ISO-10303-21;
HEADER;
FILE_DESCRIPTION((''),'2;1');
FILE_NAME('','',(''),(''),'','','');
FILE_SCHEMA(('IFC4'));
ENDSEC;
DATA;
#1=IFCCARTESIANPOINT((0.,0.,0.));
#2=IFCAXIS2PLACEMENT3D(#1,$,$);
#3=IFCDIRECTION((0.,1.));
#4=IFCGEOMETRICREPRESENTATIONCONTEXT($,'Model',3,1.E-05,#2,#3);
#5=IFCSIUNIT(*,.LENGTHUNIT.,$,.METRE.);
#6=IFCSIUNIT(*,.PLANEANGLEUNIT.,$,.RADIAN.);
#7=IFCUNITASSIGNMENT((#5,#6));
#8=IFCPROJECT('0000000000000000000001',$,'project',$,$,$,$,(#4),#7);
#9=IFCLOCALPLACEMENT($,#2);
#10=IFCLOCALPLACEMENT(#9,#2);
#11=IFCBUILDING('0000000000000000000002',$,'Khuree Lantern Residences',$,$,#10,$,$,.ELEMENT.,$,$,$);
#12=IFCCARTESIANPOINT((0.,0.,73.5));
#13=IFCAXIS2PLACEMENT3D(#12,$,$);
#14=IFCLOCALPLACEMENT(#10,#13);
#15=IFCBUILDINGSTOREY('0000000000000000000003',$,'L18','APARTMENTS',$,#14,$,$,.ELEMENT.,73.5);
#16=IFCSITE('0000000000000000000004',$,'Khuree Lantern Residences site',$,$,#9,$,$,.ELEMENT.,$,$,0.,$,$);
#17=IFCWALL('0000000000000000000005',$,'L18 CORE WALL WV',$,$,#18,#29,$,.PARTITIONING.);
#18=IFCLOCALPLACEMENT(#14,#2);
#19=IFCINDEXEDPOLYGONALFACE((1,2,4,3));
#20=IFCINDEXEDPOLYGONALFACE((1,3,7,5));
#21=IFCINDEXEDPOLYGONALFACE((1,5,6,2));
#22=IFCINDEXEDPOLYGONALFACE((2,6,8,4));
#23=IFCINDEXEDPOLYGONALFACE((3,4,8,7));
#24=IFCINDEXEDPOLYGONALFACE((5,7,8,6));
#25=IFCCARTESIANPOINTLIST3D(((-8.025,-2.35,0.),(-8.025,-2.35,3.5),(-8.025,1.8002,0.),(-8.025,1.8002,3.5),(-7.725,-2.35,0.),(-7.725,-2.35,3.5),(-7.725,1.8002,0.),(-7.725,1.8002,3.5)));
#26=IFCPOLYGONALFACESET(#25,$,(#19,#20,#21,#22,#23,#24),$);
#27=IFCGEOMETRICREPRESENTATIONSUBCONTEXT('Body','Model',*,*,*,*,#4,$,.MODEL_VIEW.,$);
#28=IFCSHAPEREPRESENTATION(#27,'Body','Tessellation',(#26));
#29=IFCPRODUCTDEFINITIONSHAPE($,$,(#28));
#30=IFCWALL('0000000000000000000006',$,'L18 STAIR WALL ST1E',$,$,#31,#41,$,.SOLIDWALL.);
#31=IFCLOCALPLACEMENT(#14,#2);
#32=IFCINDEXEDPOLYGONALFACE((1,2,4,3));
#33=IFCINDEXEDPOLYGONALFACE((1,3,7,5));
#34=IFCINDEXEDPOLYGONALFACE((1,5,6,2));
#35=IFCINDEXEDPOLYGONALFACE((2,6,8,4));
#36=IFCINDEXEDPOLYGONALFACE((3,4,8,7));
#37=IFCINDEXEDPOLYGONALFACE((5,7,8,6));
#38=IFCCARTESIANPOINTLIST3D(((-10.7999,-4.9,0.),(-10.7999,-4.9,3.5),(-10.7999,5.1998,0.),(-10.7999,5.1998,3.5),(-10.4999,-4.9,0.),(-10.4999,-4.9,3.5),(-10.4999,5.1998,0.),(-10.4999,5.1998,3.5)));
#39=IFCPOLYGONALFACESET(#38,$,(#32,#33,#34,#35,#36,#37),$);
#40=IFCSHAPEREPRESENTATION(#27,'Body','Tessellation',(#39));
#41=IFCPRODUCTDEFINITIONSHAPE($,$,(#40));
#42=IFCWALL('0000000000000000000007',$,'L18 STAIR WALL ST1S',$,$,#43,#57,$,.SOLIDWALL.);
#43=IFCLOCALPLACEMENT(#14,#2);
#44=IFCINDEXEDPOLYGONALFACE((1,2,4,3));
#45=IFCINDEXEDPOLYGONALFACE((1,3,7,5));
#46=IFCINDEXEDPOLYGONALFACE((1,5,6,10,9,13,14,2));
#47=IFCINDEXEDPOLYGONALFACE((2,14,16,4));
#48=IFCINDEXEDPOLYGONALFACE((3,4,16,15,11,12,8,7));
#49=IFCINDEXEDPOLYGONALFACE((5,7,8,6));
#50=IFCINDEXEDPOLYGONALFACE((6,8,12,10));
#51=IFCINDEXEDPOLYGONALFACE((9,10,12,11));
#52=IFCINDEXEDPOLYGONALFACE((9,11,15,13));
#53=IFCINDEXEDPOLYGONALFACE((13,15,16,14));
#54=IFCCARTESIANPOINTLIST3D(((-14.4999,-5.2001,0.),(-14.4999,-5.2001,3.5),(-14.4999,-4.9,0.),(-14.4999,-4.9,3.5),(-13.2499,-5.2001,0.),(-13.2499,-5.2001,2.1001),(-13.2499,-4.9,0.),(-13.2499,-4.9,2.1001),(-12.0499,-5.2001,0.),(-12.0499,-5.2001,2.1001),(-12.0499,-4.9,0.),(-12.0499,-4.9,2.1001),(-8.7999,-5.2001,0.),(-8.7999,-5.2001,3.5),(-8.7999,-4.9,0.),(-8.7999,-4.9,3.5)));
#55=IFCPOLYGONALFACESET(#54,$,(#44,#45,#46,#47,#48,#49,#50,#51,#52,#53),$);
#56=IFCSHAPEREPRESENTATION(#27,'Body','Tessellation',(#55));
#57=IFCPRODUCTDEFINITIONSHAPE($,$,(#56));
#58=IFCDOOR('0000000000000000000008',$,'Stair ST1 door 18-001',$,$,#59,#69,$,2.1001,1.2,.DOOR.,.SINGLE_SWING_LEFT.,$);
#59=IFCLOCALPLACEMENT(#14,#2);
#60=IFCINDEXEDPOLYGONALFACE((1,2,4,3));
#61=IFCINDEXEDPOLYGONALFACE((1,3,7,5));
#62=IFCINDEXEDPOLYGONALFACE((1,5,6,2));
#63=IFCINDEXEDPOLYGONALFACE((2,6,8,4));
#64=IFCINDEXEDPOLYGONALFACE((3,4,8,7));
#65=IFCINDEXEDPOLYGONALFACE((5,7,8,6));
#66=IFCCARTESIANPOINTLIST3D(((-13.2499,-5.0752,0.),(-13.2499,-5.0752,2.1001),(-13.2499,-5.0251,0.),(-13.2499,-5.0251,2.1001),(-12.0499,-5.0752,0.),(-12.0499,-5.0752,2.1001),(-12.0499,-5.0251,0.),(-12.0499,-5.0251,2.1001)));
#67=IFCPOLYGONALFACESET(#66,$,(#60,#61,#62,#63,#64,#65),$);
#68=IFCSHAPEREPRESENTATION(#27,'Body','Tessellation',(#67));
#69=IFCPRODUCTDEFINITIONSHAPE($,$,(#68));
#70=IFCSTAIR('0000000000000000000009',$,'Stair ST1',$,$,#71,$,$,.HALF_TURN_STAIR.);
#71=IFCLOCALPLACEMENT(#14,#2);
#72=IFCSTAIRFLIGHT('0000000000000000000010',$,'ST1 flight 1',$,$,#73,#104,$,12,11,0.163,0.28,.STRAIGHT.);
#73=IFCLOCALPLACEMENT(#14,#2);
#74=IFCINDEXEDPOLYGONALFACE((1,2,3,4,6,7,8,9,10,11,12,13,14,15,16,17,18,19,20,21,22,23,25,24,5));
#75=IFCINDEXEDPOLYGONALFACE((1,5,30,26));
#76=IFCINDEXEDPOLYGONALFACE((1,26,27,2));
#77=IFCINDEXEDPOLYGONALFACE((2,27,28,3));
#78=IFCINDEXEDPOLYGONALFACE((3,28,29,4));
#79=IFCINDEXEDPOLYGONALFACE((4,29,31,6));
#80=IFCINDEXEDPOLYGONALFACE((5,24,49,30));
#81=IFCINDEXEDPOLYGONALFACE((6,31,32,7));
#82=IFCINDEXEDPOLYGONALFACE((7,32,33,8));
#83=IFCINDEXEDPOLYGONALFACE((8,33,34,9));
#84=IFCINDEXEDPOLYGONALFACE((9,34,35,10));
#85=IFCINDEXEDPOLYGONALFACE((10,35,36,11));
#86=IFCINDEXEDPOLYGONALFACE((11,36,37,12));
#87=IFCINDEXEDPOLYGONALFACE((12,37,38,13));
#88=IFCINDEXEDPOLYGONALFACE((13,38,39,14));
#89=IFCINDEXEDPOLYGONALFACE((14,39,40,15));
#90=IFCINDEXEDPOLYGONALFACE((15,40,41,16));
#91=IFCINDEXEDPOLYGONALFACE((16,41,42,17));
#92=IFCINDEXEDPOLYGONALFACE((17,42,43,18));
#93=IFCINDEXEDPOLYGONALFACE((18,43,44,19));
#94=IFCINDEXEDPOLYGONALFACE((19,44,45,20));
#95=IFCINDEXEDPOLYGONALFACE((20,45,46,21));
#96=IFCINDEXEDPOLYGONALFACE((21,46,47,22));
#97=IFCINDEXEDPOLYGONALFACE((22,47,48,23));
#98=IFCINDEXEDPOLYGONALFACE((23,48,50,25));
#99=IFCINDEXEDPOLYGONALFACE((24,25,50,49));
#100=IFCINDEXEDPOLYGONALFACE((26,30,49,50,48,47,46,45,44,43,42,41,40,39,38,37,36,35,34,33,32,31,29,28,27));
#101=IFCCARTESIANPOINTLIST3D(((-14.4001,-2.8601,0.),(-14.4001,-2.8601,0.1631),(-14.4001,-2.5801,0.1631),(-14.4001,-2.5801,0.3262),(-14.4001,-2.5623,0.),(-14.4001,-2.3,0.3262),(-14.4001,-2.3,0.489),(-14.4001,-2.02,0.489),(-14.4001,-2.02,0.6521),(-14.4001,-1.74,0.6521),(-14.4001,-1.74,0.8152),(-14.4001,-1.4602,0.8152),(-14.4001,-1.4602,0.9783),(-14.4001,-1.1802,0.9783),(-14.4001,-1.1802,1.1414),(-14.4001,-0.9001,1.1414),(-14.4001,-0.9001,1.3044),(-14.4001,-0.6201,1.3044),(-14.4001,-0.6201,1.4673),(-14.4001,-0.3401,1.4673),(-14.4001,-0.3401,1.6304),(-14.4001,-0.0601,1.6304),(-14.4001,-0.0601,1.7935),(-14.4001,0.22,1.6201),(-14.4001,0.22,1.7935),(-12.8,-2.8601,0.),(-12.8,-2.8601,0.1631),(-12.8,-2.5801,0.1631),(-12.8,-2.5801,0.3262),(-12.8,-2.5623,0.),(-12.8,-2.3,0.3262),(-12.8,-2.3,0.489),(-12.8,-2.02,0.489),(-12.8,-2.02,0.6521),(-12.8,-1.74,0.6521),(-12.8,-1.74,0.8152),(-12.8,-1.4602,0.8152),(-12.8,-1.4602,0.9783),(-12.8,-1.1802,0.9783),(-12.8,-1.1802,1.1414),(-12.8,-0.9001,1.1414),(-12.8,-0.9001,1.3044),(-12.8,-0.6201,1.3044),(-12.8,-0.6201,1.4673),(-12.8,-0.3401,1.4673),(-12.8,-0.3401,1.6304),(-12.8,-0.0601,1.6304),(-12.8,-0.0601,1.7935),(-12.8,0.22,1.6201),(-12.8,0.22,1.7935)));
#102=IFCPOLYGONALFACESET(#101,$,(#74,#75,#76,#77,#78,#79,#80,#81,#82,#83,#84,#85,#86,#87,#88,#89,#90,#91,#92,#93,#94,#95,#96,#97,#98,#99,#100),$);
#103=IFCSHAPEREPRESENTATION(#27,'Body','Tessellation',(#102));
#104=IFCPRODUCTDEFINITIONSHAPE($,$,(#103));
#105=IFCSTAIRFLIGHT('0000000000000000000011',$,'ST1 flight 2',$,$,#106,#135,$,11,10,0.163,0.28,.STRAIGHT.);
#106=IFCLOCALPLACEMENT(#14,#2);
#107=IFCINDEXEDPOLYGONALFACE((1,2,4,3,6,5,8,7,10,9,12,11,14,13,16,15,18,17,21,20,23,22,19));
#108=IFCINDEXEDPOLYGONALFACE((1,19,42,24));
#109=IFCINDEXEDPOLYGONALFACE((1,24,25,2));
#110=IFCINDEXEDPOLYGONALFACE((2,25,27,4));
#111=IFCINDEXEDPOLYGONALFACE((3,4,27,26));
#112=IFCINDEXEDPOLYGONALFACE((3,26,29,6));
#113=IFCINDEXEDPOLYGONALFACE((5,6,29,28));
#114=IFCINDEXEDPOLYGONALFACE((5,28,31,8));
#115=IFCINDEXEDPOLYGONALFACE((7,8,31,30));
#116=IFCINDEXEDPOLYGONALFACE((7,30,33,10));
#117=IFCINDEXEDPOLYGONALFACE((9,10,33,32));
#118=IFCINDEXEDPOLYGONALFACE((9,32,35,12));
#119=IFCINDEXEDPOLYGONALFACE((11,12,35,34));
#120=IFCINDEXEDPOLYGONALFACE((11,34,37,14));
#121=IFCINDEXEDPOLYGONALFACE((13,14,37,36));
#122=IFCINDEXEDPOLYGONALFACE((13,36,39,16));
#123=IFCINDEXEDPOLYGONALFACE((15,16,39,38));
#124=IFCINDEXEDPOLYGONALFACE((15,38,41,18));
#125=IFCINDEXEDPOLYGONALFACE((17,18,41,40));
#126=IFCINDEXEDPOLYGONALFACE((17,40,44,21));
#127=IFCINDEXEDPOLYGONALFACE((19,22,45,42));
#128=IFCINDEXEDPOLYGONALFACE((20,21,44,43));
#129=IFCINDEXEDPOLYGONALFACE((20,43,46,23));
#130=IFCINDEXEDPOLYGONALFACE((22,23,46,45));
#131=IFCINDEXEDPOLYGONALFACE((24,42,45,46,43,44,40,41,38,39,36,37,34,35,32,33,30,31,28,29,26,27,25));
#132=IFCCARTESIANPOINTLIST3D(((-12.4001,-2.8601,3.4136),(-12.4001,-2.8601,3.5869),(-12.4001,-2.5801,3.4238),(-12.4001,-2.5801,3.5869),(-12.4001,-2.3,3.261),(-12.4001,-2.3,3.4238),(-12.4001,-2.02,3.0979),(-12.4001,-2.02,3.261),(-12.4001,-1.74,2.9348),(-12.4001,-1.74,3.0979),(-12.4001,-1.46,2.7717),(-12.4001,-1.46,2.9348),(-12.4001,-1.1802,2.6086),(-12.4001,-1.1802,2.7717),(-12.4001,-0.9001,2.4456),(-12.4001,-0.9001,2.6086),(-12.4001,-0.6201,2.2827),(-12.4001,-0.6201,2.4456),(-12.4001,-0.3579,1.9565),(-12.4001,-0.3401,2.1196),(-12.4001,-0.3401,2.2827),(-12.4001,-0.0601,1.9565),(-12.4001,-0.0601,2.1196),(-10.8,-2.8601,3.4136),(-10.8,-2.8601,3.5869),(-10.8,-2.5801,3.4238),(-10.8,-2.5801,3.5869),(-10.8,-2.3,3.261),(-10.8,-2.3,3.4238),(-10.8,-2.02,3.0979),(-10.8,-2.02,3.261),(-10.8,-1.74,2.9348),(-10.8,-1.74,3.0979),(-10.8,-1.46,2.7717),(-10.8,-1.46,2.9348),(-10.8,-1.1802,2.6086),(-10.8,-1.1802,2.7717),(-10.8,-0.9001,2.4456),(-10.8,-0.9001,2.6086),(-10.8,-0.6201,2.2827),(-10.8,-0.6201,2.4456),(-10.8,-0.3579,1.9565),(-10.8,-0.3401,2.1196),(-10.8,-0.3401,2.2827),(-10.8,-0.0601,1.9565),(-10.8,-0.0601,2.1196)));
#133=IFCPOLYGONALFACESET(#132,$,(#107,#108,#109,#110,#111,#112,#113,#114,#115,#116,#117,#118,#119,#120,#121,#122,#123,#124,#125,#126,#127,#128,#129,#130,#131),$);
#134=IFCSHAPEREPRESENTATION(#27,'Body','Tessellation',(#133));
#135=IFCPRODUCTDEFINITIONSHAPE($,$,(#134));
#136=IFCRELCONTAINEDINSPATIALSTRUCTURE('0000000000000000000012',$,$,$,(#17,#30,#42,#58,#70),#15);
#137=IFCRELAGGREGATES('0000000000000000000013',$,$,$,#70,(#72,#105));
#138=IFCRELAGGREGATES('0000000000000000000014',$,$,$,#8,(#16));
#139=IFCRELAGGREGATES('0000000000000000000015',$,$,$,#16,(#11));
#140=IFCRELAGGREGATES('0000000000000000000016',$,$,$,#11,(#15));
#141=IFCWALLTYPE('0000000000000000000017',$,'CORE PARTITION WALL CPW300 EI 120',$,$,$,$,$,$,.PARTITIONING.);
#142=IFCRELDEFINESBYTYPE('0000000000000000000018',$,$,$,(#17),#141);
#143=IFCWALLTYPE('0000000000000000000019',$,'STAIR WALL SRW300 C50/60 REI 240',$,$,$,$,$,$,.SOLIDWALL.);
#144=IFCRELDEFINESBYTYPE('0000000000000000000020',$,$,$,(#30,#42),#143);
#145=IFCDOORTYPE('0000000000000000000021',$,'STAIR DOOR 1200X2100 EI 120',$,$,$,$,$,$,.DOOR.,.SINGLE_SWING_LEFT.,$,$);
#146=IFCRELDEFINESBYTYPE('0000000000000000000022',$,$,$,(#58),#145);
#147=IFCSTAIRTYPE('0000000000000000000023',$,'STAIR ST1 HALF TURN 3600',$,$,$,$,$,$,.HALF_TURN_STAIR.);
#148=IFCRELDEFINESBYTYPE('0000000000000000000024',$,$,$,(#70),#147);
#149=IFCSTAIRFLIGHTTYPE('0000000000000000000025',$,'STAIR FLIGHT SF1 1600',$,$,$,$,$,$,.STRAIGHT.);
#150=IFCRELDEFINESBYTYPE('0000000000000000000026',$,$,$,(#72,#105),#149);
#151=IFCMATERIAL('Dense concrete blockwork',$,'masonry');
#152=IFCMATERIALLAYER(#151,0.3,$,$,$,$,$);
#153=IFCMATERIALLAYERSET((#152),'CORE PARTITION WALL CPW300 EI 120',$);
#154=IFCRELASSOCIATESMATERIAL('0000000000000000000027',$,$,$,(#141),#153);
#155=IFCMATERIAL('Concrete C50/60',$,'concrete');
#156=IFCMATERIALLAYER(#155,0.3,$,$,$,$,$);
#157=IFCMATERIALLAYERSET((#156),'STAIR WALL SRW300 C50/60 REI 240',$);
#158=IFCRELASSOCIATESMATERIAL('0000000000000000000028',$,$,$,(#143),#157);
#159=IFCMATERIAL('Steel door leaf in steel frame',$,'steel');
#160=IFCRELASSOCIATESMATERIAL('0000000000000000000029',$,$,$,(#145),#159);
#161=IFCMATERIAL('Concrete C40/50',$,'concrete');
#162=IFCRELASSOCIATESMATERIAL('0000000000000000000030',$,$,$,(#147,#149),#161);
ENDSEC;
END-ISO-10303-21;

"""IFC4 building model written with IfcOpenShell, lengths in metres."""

from ifc_helpers import new_model, si_unit, direction, frame, frame_2d, origin, place, context, subcontext, project, spatial, polyline, rectangle, outline, extrude, material, layer, layer_set, type_object, element, fill, aggregate, save


model = new_model("IFC4")

# Units and contexts
model_context = context("Model", 3, precision=1e-05, world=origin(), true_north=direction((0.0, 1.0)))
body_context = subcontext(model_context, "Body", "Model", "MODEL_VIEW")
ifc_project = project(units=[si_unit("LENGTHUNIT", "METRE"), si_unit("PLANEANGLEUNIT", "RADIAN")], contexts=[model_context])

# Site, building, storey
site_placement = place(None, origin())
site = spatial("IfcSite", under=ifc_project, at=site_placement, Name="Khuree Lantern Residences site", CompositionType="ELEMENT", RefElevation=0.0)
building_placement = place(site_placement, origin())
building = spatial("IfcBuilding", under=site, at=building_placement, Name="Khuree Lantern Residences", CompositionType="ELEMENT")
storey_placement = place(building_placement, frame((0.0, 0.0, 73.5)))
storey = spatial("IfcBuildingStorey", under=building, at=storey_placement, Name="L18", Description="APARTMENTS", CompositionType="ELEMENT", Elevation=73.5)

# Shared definitions
ifc_material_1 = material(Name="Dense concrete blockwork", Category="masonry")
ifc_layer_1 = layer(ifc_material_1, 0.3)
ifc_layer_set_1 = layer_set([ifc_layer_1], Name="CORE PARTITION WALL CPW300 EI 120")
wall_type_1 = type_object("IfcWallType", Name="CORE PARTITION WALL CPW300 EI 120", PredefinedType="PARTITIONING", material=ifc_layer_set_1)
ifc_material_2 = material(Name="Steel door leaf in steel frame", Category="steel")

# Walls
wall_1_placement = place(storey_placement, frame((-7.875, -2.3501, 0.0), z_axis=(0.0, 0.0, 1.0), x_axis=(0.0, 1.0, 0.0)))
element("IfcWall", 1, at=wall_1_placement, inside=storey, type_object=wall_type_1, Name="L18 CORE WALL WV", PredefinedType="PARTITIONING", context=body_context, shape_type="SweptSolid", body=[
    extrude(rectangle(XDim=4.1501, YDim=0.3, at=frame_2d((2.0752, 0.0))), origin(), (0.0, 0.0, 1.0), 3.5),
])
ifc_material_3 = material(Name="Concrete C50/60", Category="concrete")
ifc_layer_2 = layer(ifc_material_3, 0.3)
ifc_layer_set_2 = layer_set([ifc_layer_2], Name="STAIR WALL SRW300 C50/60 REI 240")
wall_type_2 = type_object("IfcWallType", Name="STAIR WALL SRW300 C50/60 REI 240", PredefinedType="SOLIDWALL", material=ifc_layer_set_2)
wall_2_placement = place(storey_placement, frame((-10.6499, -4.8999, 0.0), z_axis=(0.0, 0.0, 1.0), x_axis=(0.0, 1.0, 0.0)))
element("IfcWall", 2, at=wall_2_placement, inside=storey, type_object=wall_type_2, Name="L18 STAIR WALL ST1E", PredefinedType="SOLIDWALL", context=body_context, shape_type="SweptSolid", body=[
    extrude(rectangle(XDim=10.0999, YDim=0.3, at=frame_2d((5.0498, 0.0))), origin(), (0.0, 0.0, 1.0), 3.5),
])

# Wall, opening, door
wall_3_placement = place(storey_placement, frame((-14.5, -5.05, 0.0), z_axis=(0.0, 0.0, 1.0), x_axis=(1.0, 0.0, 0.0)))
wall_3 = element("IfcWall", 3, at=wall_3_placement, inside=storey, type_object=wall_type_2, Name="L18 STAIR WALL ST1S", PredefinedType="SOLIDWALL", context=body_context, shape_type="SweptSolid", body=[
    extrude(rectangle(XDim=5.7, YDim=0.3, at=frame_2d((2.8501, 0.0))), origin(), (0.0, 0.0, 1.0), 3.5),
])
opening_1_placement = place(wall_3_placement, frame((1.25, 0.0, 0.0)))
opening_1 = element("IfcOpeningElement", 4, at=opening_1_placement, cuts=wall_3, PredefinedType="OPENING", context=body_context, shape_type="SweptSolid", body=[
    extrude(rectangle(XDim=1.2, YDim=2.1001, at=frame_2d((0.6001, 1.05))), frame((0.0, 0.1602, 0.0), z_axis=(0.0, -1.0, 0.0), x_axis=(1.0, 0.0, 0.0)), (0.0, 0.0, 1.0), 0.3201),
])
door_type_1 = type_object("IfcDoorType", Name="STAIR DOOR 1200X2100 EI 120", OperationType="SINGLE_SWING_LEFT", PredefinedType="DOOR", material=ifc_material_2)
door_1_placement = place(opening_1_placement, origin())
door_1 = element("IfcDoor", 5, at=door_1_placement, inside=storey, type_object=door_type_1, Name="Stair ST1 door 18-001", OperationType="SINGLE_SWING_LEFT", OverallHeight=2.1001, OverallWidth=1.2, PredefinedType="DOOR", context=body_context, shape_type="SweptSolid", body=[
    extrude(rectangle(XDim=1.2, YDim=2.1001, at=frame_2d((0.6001, 1.05))), frame((0.0, 0.0249, 0.0), z_axis=(0.0, -1.0, 0.0), x_axis=(1.0, 0.0, 0.0)), (0.0, 0.0, 1.0), 0.05),
])
fill(opening_1, door_1)

# Stair, stair flights
ifc_material_4 = material(Name="Concrete C40/50", Category="concrete")
stair_type = type_object("IfcStairType", Name="STAIR ST1 HALF TURN 3600", PredefinedType="HALF_TURN_STAIR", material=ifc_material_4)
stair_placement = place(storey_placement, origin())
stair = element("IfcStair", 6, at=stair_placement, inside=storey, type_object=stair_type, Name="Stair ST1", PredefinedType="HALF_TURN_STAIR")
stair_flight_type = type_object("IfcStairFlightType", Name="STAIR FLIGHT SF1 1600", PredefinedType="STRAIGHT", material=ifc_material_4)
stair_flight_1_placement = place(storey_placement, frame((-13.6001, -2.8601, 0.0), z_axis=(0.0, 0.0, 1.0), x_axis=(0.0, 1.0, 0.0)))
stair_flight_1 = element("IfcStairFlight", 7, at=stair_flight_1_placement, type_object=stair_flight_type, Name="ST1 flight 1", NumberOfRisers=12, NumberOfTreads=11, PredefinedType="STRAIGHT", RiserHeight=0.163, TreadLength=0.28, context=body_context, shape_type="SweptSolid", body=[
    extrude(outline(polyline([(0.0, 0.0), (0.0, 0.1631), (0.28, 0.1631), (0.28, 0.3262), (0.5601, 0.3262), (0.5601, 0.489), (0.8401, 0.489), (0.8401, 0.6521), (1.1201, 0.6521), (1.1201, 0.8152), (1.3999, 0.8152), (1.3999, 0.9783), (1.6799, 0.9783), (1.6799, 1.1414), (1.96, 1.1414), (1.96, 1.3044), (2.24, 1.3044), (2.24, 1.4673), (2.52, 1.4673), (2.52, 1.6304), (2.8, 1.6304), (2.8, 1.7935), (3.0801, 1.7935), (3.0801, 1.9565), (3.0801, 1.6201), (0.2979, 0.0), (0.0, 0.0)])), frame((0.0, 0.8, 0.0), z_axis=(0.0, -1.0, 0.0), x_axis=(1.0, 0.0, 0.0)), (0.0, 0.0, 1.0), 1.6001),
])
stair_flight_2_placement = place(storey_placement, frame((-11.6001, -0.0601, 1.9565), z_axis=(0.0, 0.0, 1.0), x_axis=(0.0, -1.0, 0.0)))
stair_flight_2 = element("IfcStairFlight", 8, at=stair_flight_2_placement, type_object=stair_flight_type, Name="ST1 flight 2", NumberOfRisers=11, NumberOfTreads=10, PredefinedType="STRAIGHT", RiserHeight=0.163, TreadLength=0.28, context=body_context, shape_type="SweptSolid", body=[
    extrude(outline(polyline([(0.0, 0.0), (0.0, 0.1631), (0.28, 0.1631), (0.28, 0.3262), (0.5601, 0.3262), (0.5601, 0.489), (0.8401, 0.489), (0.8401, 0.6521), (1.1201, 0.6521), (1.1201, 0.8152), (1.3999, 0.8152), (1.3999, 0.9783), (1.6799, 0.9783), (1.6799, 1.1414), (1.96, 1.1414), (1.96, 1.3044), (2.24, 1.3044), (2.24, 1.4673), (2.52, 1.4673), (2.52, 1.6304), (2.8, 1.6304), (2.8, 1.7935), (2.8, 1.457), (0.2979, 0.0), (0.0, 0.0)])), frame((0.0, 0.8, 0.0), z_axis=(0.0, -1.0, 0.0), x_axis=(1.0, 0.0, 0.0)), (0.0, 0.0, 1.0), 1.6001),
])
aggregate(stair, [stair_flight_1, stair_flight_2])

save(model, "model.ifc")
